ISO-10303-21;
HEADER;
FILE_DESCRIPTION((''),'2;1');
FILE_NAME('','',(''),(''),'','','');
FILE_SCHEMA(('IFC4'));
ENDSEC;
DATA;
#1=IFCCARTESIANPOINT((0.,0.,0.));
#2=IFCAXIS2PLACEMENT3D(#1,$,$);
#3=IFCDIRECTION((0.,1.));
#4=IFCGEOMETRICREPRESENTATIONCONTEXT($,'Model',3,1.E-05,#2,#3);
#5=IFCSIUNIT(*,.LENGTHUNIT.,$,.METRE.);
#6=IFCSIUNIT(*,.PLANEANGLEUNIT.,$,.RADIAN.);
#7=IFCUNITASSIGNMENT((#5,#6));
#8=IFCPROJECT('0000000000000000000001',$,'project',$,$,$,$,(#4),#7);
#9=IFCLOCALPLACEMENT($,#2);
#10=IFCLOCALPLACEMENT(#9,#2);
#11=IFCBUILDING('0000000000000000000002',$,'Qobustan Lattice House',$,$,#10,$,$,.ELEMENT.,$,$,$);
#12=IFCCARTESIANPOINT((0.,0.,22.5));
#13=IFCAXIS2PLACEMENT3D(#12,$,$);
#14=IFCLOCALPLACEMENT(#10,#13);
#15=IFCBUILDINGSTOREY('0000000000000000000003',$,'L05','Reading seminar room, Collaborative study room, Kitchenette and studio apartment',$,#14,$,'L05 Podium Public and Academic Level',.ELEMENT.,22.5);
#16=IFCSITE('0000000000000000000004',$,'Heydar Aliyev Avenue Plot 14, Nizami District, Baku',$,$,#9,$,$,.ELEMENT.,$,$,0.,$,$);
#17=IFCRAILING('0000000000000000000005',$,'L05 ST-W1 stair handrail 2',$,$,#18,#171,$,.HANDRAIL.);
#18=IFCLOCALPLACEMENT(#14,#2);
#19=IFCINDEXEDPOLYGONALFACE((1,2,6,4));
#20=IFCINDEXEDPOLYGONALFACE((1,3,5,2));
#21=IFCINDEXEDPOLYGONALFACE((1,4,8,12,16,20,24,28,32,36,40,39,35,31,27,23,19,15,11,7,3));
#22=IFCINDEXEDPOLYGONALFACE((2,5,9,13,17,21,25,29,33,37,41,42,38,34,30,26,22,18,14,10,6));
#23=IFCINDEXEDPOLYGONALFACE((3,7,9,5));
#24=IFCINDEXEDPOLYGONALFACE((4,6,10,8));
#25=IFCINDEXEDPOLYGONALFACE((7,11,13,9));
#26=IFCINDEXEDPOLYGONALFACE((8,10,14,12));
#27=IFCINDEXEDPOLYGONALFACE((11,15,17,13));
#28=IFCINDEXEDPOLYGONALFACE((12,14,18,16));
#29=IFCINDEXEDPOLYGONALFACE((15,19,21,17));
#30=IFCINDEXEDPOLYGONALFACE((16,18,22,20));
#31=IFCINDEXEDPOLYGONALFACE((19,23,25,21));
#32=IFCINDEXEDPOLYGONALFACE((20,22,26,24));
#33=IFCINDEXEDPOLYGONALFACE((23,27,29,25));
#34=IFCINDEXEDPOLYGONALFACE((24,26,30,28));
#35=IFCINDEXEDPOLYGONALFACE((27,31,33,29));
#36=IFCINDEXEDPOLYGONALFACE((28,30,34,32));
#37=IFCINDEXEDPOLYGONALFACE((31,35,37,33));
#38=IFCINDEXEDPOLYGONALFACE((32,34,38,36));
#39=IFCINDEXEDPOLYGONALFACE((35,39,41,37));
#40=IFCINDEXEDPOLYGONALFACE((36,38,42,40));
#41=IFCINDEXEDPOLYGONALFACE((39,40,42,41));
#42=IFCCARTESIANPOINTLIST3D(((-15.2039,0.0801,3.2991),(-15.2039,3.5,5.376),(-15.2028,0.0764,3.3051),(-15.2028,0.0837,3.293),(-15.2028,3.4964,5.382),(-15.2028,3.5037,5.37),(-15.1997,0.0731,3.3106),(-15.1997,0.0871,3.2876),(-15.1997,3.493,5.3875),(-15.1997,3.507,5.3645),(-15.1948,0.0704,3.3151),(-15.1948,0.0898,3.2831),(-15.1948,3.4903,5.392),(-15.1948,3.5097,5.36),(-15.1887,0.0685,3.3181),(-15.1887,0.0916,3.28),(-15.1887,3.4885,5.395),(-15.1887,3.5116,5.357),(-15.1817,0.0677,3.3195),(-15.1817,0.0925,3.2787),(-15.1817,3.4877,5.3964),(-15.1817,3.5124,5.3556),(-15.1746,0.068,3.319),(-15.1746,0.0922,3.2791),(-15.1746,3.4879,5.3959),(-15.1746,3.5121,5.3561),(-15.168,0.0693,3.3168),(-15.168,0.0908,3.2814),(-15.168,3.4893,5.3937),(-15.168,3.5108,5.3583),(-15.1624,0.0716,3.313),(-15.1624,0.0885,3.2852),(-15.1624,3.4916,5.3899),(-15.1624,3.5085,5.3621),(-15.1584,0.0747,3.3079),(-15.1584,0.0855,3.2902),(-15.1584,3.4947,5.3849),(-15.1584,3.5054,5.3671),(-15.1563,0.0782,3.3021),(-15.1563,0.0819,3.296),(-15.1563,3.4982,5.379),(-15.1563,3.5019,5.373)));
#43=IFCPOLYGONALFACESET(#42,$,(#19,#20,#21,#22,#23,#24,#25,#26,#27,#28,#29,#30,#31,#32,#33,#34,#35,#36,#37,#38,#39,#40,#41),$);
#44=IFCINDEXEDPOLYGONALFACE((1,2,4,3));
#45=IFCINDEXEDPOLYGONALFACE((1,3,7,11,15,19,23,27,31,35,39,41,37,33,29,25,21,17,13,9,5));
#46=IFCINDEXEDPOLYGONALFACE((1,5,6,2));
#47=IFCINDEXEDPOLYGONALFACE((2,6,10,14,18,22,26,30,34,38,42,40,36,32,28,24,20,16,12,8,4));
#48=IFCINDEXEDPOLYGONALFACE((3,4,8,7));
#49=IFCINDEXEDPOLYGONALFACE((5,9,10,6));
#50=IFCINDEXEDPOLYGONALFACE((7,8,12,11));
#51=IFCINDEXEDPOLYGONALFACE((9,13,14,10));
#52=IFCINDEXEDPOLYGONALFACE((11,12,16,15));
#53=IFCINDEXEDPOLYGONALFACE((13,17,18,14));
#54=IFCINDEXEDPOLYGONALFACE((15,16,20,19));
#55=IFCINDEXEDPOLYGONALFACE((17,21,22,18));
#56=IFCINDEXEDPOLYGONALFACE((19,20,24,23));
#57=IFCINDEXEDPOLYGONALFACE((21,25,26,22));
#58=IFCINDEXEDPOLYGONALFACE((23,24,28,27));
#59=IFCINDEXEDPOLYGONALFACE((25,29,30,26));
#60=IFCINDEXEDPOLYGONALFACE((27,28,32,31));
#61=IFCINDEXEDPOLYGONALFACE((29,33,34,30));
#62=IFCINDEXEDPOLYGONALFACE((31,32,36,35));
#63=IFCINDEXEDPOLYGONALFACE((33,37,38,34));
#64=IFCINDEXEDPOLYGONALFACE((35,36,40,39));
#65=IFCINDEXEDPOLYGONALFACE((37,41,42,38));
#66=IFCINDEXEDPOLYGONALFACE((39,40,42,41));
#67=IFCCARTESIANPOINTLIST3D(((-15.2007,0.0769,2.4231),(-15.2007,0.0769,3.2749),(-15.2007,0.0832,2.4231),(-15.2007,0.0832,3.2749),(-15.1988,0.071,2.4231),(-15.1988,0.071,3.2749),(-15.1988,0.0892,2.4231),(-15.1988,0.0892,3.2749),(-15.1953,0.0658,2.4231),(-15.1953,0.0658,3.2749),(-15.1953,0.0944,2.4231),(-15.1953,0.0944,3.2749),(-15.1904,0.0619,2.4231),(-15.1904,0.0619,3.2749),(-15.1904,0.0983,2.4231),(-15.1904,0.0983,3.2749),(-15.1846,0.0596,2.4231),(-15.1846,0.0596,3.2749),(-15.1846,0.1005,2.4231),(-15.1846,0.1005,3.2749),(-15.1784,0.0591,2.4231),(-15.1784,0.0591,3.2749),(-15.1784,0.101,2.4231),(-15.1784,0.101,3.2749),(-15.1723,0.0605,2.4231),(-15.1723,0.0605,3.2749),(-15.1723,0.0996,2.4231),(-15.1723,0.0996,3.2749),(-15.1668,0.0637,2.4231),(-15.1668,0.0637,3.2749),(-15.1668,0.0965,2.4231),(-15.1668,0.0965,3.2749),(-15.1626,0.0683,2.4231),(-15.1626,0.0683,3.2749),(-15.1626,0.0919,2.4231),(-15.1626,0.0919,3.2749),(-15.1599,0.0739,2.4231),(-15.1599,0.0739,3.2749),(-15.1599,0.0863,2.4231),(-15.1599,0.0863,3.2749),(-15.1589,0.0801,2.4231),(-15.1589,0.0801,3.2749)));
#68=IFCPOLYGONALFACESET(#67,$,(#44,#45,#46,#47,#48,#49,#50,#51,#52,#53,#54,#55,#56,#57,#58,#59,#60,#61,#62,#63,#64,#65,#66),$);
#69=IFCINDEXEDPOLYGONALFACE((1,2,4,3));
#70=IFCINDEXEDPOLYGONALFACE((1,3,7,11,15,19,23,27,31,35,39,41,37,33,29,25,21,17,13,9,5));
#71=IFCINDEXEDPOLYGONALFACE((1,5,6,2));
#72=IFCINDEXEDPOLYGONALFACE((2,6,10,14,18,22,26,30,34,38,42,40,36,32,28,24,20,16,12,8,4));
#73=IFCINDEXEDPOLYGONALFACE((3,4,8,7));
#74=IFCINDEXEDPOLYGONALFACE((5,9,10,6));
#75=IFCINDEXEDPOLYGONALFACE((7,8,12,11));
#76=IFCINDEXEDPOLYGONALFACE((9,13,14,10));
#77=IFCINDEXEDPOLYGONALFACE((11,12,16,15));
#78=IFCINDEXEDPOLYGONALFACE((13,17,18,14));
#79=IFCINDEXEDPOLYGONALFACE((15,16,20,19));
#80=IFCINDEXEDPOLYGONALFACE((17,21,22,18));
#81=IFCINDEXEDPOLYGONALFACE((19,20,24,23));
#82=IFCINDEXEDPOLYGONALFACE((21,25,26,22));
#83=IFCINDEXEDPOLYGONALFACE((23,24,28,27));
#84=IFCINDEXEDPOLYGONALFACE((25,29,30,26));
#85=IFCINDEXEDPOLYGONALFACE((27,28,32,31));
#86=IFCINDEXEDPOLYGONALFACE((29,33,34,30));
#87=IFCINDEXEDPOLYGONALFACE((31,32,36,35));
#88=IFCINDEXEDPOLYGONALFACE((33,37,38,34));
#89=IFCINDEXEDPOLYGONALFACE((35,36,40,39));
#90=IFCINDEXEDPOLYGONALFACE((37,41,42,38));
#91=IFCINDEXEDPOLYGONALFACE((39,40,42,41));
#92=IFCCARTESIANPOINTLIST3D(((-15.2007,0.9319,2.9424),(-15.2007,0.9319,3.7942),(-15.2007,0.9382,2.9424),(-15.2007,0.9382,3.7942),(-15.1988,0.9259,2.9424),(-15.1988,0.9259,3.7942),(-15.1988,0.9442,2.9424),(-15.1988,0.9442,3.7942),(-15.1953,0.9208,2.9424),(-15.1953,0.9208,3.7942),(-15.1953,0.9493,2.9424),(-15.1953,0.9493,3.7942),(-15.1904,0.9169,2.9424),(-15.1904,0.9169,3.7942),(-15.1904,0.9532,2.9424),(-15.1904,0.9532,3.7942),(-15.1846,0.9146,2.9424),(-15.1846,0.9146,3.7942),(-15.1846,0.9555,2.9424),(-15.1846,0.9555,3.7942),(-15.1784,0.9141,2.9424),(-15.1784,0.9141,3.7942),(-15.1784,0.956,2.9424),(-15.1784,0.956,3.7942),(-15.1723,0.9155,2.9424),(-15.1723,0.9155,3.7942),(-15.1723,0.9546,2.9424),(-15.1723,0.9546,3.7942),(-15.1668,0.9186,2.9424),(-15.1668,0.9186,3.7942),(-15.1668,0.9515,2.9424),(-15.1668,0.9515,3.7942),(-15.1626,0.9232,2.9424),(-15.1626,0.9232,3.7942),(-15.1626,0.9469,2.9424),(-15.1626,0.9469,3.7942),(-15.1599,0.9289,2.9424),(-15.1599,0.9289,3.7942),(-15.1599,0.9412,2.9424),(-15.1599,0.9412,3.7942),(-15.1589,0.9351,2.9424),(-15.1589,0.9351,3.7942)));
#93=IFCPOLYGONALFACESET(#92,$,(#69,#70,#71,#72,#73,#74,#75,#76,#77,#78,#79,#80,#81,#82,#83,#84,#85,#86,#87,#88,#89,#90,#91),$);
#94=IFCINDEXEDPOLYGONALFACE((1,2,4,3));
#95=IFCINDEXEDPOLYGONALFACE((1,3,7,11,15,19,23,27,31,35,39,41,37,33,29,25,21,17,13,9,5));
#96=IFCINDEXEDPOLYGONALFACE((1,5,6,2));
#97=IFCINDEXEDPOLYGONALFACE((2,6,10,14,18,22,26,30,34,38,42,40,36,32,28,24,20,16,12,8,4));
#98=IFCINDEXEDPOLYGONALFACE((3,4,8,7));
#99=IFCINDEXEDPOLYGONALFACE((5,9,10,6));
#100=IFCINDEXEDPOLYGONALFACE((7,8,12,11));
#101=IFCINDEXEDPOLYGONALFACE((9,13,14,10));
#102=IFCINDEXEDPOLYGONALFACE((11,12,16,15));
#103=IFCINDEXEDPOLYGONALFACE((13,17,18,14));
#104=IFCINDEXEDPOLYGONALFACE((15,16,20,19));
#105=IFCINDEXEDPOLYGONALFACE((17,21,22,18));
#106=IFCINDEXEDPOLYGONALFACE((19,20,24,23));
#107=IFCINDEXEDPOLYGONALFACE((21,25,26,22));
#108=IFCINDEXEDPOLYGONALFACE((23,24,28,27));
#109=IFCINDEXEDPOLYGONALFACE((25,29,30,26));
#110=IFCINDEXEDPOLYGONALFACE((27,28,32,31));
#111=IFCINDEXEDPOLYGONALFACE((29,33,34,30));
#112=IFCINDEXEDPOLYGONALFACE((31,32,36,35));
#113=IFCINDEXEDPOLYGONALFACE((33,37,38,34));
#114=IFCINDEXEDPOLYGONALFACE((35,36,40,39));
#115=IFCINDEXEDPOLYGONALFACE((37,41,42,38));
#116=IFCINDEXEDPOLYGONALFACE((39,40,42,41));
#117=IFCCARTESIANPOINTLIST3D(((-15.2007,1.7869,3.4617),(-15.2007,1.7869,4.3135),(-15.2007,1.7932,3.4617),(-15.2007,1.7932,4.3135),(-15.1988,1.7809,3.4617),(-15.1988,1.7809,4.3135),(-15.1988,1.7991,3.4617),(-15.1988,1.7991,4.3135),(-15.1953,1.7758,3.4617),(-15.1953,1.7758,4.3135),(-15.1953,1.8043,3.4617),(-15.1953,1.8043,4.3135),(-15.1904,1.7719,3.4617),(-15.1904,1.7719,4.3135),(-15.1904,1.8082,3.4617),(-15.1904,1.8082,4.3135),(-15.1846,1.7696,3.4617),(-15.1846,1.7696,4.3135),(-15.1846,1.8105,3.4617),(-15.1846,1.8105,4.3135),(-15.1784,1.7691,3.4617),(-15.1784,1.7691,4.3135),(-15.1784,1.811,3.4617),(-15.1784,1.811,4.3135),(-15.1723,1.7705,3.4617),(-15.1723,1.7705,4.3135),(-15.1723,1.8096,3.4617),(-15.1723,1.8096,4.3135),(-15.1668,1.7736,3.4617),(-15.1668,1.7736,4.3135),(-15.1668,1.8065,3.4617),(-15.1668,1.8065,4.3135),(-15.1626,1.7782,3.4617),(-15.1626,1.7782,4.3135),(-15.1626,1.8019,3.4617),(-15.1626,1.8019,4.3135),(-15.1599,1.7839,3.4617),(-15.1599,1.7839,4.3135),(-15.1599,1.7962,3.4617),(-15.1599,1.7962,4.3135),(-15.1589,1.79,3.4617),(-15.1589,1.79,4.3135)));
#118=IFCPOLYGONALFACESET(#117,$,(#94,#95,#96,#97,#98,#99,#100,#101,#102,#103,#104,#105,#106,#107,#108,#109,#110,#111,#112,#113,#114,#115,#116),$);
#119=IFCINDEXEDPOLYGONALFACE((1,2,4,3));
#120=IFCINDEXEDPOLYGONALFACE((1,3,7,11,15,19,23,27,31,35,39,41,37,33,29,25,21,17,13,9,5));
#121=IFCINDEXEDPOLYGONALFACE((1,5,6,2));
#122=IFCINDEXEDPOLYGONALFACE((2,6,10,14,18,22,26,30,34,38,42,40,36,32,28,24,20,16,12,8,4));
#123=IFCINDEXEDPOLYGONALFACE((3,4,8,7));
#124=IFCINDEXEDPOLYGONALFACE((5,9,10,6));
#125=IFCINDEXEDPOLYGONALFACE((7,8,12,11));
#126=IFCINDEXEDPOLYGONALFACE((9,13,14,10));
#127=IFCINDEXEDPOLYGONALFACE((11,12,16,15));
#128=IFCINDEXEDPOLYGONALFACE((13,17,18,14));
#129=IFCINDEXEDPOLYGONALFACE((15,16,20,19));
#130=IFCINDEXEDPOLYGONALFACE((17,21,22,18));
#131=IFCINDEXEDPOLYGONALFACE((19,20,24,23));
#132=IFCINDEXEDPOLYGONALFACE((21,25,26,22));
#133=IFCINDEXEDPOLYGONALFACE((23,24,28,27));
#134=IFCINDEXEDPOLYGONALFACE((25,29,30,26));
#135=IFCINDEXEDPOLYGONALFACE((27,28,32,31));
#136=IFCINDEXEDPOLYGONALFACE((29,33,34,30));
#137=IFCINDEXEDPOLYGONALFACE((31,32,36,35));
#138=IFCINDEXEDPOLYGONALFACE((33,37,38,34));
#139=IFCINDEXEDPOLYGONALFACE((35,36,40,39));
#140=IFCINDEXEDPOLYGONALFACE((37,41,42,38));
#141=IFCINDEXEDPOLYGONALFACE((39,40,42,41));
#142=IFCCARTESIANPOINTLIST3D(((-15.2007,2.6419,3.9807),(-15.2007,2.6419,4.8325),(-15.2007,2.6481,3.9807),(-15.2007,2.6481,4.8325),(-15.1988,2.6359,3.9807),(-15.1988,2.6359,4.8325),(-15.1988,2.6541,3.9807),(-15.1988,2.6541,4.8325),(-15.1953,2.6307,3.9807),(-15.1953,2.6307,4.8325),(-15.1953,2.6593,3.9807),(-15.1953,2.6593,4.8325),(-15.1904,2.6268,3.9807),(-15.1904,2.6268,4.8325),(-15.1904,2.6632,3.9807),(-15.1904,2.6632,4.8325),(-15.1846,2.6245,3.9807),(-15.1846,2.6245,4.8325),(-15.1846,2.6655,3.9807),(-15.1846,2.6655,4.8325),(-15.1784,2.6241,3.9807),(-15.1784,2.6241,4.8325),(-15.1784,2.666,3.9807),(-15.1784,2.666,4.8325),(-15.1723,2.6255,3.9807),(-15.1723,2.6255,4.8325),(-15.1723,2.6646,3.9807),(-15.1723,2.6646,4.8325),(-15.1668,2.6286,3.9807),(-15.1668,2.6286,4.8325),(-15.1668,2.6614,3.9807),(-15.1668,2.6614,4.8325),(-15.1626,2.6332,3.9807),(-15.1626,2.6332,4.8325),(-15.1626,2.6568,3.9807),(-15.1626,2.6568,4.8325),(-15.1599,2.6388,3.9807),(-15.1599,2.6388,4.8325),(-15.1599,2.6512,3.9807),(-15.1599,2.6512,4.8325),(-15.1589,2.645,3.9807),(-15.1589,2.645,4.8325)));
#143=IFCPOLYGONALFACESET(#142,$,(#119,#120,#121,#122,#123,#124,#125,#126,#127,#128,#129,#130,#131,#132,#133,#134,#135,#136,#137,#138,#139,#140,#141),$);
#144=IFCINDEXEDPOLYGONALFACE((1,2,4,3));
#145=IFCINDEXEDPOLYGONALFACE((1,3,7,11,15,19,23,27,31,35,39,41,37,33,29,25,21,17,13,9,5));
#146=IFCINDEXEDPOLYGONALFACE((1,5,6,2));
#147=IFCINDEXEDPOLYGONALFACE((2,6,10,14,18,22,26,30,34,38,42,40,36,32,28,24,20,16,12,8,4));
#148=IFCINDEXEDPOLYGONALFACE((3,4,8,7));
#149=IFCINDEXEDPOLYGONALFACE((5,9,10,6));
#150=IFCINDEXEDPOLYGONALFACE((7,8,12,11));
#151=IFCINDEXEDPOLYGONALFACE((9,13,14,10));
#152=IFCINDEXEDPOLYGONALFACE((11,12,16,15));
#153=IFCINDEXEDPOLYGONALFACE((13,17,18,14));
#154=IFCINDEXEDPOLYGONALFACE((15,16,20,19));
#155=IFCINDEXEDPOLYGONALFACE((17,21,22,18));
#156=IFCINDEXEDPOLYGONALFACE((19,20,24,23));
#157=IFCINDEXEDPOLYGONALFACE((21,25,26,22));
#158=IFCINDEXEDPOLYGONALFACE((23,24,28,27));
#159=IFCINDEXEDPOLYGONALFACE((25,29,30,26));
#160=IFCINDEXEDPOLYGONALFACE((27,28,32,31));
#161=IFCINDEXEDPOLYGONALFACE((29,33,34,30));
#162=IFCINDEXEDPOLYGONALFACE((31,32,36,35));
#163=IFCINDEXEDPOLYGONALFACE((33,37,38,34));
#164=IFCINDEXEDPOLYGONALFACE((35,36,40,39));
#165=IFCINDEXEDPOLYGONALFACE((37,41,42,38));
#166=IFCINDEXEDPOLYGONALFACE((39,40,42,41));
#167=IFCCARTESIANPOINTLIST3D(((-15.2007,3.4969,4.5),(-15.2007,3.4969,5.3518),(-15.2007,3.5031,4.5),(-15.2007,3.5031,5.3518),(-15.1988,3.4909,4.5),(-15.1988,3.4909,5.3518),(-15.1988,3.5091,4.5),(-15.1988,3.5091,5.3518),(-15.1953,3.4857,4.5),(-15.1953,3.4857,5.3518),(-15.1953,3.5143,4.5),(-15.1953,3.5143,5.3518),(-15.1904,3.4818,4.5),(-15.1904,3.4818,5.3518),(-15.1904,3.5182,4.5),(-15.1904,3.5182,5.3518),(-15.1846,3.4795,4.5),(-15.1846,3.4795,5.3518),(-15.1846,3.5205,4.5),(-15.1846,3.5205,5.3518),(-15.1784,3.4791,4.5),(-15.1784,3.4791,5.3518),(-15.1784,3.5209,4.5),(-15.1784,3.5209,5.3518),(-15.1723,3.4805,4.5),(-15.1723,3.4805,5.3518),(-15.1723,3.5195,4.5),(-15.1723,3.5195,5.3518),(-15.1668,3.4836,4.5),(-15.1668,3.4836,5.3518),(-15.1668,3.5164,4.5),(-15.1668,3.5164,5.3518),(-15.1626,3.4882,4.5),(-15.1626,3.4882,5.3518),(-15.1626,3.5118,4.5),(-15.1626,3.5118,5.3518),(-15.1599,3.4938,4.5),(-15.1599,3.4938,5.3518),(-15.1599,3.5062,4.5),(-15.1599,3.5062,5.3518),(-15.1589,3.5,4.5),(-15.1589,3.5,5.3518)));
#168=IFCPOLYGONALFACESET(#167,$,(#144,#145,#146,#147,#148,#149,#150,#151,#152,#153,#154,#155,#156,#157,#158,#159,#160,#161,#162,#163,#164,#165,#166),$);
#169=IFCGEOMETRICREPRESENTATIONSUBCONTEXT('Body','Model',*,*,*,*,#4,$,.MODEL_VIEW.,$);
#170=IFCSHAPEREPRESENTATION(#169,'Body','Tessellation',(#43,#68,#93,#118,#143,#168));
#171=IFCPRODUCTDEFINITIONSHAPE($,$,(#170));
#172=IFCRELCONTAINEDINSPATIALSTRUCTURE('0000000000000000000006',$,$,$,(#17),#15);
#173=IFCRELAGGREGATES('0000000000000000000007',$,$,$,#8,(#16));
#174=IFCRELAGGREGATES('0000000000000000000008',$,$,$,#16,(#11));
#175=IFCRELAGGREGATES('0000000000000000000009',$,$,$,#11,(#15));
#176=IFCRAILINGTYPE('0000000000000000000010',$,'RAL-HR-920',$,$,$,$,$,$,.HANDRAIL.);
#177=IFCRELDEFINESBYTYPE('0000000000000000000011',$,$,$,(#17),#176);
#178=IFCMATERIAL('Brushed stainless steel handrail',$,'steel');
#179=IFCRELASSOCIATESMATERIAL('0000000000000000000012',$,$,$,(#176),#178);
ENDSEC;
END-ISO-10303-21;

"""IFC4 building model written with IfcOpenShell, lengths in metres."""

from ifc_helpers import new_model, si_unit, direction, frame, origin, origin_2d, place, context, subcontext, project, spatial, circle, extrude, material, type_object, element, save


model = new_model("IFC4")

# Units and contexts
model_context = context("Model", 3, precision=1e-05, world=origin(), true_north=direction((0.0, 1.0)))
body_context = subcontext(model_context, "Body", "Model", "MODEL_VIEW")
ifc_project = project(units=[si_unit("LENGTHUNIT", "METRE"), si_unit("PLANEANGLEUNIT", "RADIAN")], contexts=[model_context])

# Site, building, storey
site_placement = place(None, origin())
site = spatial("IfcSite", under=ifc_project, at=site_placement, Name="Heydar Aliyev Avenue Plot 14, Nizami District, Baku", CompositionType="ELEMENT", RefElevation=0.0)
building_placement = place(site_placement, origin())
building = spatial("IfcBuilding", under=site, at=building_placement, Name="Qobustan Lattice House", CompositionType="ELEMENT")
storey_placement = place(building_placement, frame((0.0, 0.0, 22.5)))
storey = spatial("IfcBuildingStorey", under=building, at=storey_placement, Name="L05", Description="Reading seminar room, Collaborative study room, Kitchenette and studio apartment", LongName="L05 Podium Public and Academic Level", CompositionType="ELEMENT", Elevation=22.5)

# Railing
ifc_material_1 = material(Name="Brushed stainless steel handrail", Category="steel")
railing_type_1 = type_object("IfcRailingType", Name="RAL-HR-920", PredefinedType="HANDRAIL", material=ifc_material_1)
railing_1_placement = place(storey_placement, frame((-15.1799, 0.0801, 2.4231)))
element("IfcRailing", 1, at=railing_1_placement, inside=storey, type_object=railing_type_1, Name="L05 ST-W1 stair handrail 2", PredefinedType="HANDRAIL", context=body_context, shape_type="SweptSolid", body=[
    extrude(circle(Radius=0.0239, at=origin_2d()), frame((0.0, 0.0, 0.876), z_axis=(0.0, 0.85473, 0.519074), x_axis=(-1.0, 0.0, 0.0)), (0.0, 0.0, 1.0), 4.0012),
    extrude(circle(Radius=0.021, at=origin_2d()), origin(), (0.0, 0.0, 1.0), 0.8518),
    extrude(circle(Radius=0.021, at=origin_2d()), frame((0.0, 0.855, 0.5193)), (0.0, 0.0, 1.0), 0.8518),
    extrude(circle(Radius=0.021, at=origin_2d()), frame((0.0, 1.71, 1.0386)), (0.0, 0.0, 1.0), 0.8518),
    extrude(circle(Radius=0.021, at=origin_2d()), frame((0.0, 2.5649, 1.5576)), (0.0, 0.0, 1.0), 0.8518),
    extrude(circle(Radius=0.021, at=origin_2d()), frame((0.0, 3.4199, 2.0769)), (0.0, 0.0, 1.0), 0.8518),
])

save(model, "model.ifc")
